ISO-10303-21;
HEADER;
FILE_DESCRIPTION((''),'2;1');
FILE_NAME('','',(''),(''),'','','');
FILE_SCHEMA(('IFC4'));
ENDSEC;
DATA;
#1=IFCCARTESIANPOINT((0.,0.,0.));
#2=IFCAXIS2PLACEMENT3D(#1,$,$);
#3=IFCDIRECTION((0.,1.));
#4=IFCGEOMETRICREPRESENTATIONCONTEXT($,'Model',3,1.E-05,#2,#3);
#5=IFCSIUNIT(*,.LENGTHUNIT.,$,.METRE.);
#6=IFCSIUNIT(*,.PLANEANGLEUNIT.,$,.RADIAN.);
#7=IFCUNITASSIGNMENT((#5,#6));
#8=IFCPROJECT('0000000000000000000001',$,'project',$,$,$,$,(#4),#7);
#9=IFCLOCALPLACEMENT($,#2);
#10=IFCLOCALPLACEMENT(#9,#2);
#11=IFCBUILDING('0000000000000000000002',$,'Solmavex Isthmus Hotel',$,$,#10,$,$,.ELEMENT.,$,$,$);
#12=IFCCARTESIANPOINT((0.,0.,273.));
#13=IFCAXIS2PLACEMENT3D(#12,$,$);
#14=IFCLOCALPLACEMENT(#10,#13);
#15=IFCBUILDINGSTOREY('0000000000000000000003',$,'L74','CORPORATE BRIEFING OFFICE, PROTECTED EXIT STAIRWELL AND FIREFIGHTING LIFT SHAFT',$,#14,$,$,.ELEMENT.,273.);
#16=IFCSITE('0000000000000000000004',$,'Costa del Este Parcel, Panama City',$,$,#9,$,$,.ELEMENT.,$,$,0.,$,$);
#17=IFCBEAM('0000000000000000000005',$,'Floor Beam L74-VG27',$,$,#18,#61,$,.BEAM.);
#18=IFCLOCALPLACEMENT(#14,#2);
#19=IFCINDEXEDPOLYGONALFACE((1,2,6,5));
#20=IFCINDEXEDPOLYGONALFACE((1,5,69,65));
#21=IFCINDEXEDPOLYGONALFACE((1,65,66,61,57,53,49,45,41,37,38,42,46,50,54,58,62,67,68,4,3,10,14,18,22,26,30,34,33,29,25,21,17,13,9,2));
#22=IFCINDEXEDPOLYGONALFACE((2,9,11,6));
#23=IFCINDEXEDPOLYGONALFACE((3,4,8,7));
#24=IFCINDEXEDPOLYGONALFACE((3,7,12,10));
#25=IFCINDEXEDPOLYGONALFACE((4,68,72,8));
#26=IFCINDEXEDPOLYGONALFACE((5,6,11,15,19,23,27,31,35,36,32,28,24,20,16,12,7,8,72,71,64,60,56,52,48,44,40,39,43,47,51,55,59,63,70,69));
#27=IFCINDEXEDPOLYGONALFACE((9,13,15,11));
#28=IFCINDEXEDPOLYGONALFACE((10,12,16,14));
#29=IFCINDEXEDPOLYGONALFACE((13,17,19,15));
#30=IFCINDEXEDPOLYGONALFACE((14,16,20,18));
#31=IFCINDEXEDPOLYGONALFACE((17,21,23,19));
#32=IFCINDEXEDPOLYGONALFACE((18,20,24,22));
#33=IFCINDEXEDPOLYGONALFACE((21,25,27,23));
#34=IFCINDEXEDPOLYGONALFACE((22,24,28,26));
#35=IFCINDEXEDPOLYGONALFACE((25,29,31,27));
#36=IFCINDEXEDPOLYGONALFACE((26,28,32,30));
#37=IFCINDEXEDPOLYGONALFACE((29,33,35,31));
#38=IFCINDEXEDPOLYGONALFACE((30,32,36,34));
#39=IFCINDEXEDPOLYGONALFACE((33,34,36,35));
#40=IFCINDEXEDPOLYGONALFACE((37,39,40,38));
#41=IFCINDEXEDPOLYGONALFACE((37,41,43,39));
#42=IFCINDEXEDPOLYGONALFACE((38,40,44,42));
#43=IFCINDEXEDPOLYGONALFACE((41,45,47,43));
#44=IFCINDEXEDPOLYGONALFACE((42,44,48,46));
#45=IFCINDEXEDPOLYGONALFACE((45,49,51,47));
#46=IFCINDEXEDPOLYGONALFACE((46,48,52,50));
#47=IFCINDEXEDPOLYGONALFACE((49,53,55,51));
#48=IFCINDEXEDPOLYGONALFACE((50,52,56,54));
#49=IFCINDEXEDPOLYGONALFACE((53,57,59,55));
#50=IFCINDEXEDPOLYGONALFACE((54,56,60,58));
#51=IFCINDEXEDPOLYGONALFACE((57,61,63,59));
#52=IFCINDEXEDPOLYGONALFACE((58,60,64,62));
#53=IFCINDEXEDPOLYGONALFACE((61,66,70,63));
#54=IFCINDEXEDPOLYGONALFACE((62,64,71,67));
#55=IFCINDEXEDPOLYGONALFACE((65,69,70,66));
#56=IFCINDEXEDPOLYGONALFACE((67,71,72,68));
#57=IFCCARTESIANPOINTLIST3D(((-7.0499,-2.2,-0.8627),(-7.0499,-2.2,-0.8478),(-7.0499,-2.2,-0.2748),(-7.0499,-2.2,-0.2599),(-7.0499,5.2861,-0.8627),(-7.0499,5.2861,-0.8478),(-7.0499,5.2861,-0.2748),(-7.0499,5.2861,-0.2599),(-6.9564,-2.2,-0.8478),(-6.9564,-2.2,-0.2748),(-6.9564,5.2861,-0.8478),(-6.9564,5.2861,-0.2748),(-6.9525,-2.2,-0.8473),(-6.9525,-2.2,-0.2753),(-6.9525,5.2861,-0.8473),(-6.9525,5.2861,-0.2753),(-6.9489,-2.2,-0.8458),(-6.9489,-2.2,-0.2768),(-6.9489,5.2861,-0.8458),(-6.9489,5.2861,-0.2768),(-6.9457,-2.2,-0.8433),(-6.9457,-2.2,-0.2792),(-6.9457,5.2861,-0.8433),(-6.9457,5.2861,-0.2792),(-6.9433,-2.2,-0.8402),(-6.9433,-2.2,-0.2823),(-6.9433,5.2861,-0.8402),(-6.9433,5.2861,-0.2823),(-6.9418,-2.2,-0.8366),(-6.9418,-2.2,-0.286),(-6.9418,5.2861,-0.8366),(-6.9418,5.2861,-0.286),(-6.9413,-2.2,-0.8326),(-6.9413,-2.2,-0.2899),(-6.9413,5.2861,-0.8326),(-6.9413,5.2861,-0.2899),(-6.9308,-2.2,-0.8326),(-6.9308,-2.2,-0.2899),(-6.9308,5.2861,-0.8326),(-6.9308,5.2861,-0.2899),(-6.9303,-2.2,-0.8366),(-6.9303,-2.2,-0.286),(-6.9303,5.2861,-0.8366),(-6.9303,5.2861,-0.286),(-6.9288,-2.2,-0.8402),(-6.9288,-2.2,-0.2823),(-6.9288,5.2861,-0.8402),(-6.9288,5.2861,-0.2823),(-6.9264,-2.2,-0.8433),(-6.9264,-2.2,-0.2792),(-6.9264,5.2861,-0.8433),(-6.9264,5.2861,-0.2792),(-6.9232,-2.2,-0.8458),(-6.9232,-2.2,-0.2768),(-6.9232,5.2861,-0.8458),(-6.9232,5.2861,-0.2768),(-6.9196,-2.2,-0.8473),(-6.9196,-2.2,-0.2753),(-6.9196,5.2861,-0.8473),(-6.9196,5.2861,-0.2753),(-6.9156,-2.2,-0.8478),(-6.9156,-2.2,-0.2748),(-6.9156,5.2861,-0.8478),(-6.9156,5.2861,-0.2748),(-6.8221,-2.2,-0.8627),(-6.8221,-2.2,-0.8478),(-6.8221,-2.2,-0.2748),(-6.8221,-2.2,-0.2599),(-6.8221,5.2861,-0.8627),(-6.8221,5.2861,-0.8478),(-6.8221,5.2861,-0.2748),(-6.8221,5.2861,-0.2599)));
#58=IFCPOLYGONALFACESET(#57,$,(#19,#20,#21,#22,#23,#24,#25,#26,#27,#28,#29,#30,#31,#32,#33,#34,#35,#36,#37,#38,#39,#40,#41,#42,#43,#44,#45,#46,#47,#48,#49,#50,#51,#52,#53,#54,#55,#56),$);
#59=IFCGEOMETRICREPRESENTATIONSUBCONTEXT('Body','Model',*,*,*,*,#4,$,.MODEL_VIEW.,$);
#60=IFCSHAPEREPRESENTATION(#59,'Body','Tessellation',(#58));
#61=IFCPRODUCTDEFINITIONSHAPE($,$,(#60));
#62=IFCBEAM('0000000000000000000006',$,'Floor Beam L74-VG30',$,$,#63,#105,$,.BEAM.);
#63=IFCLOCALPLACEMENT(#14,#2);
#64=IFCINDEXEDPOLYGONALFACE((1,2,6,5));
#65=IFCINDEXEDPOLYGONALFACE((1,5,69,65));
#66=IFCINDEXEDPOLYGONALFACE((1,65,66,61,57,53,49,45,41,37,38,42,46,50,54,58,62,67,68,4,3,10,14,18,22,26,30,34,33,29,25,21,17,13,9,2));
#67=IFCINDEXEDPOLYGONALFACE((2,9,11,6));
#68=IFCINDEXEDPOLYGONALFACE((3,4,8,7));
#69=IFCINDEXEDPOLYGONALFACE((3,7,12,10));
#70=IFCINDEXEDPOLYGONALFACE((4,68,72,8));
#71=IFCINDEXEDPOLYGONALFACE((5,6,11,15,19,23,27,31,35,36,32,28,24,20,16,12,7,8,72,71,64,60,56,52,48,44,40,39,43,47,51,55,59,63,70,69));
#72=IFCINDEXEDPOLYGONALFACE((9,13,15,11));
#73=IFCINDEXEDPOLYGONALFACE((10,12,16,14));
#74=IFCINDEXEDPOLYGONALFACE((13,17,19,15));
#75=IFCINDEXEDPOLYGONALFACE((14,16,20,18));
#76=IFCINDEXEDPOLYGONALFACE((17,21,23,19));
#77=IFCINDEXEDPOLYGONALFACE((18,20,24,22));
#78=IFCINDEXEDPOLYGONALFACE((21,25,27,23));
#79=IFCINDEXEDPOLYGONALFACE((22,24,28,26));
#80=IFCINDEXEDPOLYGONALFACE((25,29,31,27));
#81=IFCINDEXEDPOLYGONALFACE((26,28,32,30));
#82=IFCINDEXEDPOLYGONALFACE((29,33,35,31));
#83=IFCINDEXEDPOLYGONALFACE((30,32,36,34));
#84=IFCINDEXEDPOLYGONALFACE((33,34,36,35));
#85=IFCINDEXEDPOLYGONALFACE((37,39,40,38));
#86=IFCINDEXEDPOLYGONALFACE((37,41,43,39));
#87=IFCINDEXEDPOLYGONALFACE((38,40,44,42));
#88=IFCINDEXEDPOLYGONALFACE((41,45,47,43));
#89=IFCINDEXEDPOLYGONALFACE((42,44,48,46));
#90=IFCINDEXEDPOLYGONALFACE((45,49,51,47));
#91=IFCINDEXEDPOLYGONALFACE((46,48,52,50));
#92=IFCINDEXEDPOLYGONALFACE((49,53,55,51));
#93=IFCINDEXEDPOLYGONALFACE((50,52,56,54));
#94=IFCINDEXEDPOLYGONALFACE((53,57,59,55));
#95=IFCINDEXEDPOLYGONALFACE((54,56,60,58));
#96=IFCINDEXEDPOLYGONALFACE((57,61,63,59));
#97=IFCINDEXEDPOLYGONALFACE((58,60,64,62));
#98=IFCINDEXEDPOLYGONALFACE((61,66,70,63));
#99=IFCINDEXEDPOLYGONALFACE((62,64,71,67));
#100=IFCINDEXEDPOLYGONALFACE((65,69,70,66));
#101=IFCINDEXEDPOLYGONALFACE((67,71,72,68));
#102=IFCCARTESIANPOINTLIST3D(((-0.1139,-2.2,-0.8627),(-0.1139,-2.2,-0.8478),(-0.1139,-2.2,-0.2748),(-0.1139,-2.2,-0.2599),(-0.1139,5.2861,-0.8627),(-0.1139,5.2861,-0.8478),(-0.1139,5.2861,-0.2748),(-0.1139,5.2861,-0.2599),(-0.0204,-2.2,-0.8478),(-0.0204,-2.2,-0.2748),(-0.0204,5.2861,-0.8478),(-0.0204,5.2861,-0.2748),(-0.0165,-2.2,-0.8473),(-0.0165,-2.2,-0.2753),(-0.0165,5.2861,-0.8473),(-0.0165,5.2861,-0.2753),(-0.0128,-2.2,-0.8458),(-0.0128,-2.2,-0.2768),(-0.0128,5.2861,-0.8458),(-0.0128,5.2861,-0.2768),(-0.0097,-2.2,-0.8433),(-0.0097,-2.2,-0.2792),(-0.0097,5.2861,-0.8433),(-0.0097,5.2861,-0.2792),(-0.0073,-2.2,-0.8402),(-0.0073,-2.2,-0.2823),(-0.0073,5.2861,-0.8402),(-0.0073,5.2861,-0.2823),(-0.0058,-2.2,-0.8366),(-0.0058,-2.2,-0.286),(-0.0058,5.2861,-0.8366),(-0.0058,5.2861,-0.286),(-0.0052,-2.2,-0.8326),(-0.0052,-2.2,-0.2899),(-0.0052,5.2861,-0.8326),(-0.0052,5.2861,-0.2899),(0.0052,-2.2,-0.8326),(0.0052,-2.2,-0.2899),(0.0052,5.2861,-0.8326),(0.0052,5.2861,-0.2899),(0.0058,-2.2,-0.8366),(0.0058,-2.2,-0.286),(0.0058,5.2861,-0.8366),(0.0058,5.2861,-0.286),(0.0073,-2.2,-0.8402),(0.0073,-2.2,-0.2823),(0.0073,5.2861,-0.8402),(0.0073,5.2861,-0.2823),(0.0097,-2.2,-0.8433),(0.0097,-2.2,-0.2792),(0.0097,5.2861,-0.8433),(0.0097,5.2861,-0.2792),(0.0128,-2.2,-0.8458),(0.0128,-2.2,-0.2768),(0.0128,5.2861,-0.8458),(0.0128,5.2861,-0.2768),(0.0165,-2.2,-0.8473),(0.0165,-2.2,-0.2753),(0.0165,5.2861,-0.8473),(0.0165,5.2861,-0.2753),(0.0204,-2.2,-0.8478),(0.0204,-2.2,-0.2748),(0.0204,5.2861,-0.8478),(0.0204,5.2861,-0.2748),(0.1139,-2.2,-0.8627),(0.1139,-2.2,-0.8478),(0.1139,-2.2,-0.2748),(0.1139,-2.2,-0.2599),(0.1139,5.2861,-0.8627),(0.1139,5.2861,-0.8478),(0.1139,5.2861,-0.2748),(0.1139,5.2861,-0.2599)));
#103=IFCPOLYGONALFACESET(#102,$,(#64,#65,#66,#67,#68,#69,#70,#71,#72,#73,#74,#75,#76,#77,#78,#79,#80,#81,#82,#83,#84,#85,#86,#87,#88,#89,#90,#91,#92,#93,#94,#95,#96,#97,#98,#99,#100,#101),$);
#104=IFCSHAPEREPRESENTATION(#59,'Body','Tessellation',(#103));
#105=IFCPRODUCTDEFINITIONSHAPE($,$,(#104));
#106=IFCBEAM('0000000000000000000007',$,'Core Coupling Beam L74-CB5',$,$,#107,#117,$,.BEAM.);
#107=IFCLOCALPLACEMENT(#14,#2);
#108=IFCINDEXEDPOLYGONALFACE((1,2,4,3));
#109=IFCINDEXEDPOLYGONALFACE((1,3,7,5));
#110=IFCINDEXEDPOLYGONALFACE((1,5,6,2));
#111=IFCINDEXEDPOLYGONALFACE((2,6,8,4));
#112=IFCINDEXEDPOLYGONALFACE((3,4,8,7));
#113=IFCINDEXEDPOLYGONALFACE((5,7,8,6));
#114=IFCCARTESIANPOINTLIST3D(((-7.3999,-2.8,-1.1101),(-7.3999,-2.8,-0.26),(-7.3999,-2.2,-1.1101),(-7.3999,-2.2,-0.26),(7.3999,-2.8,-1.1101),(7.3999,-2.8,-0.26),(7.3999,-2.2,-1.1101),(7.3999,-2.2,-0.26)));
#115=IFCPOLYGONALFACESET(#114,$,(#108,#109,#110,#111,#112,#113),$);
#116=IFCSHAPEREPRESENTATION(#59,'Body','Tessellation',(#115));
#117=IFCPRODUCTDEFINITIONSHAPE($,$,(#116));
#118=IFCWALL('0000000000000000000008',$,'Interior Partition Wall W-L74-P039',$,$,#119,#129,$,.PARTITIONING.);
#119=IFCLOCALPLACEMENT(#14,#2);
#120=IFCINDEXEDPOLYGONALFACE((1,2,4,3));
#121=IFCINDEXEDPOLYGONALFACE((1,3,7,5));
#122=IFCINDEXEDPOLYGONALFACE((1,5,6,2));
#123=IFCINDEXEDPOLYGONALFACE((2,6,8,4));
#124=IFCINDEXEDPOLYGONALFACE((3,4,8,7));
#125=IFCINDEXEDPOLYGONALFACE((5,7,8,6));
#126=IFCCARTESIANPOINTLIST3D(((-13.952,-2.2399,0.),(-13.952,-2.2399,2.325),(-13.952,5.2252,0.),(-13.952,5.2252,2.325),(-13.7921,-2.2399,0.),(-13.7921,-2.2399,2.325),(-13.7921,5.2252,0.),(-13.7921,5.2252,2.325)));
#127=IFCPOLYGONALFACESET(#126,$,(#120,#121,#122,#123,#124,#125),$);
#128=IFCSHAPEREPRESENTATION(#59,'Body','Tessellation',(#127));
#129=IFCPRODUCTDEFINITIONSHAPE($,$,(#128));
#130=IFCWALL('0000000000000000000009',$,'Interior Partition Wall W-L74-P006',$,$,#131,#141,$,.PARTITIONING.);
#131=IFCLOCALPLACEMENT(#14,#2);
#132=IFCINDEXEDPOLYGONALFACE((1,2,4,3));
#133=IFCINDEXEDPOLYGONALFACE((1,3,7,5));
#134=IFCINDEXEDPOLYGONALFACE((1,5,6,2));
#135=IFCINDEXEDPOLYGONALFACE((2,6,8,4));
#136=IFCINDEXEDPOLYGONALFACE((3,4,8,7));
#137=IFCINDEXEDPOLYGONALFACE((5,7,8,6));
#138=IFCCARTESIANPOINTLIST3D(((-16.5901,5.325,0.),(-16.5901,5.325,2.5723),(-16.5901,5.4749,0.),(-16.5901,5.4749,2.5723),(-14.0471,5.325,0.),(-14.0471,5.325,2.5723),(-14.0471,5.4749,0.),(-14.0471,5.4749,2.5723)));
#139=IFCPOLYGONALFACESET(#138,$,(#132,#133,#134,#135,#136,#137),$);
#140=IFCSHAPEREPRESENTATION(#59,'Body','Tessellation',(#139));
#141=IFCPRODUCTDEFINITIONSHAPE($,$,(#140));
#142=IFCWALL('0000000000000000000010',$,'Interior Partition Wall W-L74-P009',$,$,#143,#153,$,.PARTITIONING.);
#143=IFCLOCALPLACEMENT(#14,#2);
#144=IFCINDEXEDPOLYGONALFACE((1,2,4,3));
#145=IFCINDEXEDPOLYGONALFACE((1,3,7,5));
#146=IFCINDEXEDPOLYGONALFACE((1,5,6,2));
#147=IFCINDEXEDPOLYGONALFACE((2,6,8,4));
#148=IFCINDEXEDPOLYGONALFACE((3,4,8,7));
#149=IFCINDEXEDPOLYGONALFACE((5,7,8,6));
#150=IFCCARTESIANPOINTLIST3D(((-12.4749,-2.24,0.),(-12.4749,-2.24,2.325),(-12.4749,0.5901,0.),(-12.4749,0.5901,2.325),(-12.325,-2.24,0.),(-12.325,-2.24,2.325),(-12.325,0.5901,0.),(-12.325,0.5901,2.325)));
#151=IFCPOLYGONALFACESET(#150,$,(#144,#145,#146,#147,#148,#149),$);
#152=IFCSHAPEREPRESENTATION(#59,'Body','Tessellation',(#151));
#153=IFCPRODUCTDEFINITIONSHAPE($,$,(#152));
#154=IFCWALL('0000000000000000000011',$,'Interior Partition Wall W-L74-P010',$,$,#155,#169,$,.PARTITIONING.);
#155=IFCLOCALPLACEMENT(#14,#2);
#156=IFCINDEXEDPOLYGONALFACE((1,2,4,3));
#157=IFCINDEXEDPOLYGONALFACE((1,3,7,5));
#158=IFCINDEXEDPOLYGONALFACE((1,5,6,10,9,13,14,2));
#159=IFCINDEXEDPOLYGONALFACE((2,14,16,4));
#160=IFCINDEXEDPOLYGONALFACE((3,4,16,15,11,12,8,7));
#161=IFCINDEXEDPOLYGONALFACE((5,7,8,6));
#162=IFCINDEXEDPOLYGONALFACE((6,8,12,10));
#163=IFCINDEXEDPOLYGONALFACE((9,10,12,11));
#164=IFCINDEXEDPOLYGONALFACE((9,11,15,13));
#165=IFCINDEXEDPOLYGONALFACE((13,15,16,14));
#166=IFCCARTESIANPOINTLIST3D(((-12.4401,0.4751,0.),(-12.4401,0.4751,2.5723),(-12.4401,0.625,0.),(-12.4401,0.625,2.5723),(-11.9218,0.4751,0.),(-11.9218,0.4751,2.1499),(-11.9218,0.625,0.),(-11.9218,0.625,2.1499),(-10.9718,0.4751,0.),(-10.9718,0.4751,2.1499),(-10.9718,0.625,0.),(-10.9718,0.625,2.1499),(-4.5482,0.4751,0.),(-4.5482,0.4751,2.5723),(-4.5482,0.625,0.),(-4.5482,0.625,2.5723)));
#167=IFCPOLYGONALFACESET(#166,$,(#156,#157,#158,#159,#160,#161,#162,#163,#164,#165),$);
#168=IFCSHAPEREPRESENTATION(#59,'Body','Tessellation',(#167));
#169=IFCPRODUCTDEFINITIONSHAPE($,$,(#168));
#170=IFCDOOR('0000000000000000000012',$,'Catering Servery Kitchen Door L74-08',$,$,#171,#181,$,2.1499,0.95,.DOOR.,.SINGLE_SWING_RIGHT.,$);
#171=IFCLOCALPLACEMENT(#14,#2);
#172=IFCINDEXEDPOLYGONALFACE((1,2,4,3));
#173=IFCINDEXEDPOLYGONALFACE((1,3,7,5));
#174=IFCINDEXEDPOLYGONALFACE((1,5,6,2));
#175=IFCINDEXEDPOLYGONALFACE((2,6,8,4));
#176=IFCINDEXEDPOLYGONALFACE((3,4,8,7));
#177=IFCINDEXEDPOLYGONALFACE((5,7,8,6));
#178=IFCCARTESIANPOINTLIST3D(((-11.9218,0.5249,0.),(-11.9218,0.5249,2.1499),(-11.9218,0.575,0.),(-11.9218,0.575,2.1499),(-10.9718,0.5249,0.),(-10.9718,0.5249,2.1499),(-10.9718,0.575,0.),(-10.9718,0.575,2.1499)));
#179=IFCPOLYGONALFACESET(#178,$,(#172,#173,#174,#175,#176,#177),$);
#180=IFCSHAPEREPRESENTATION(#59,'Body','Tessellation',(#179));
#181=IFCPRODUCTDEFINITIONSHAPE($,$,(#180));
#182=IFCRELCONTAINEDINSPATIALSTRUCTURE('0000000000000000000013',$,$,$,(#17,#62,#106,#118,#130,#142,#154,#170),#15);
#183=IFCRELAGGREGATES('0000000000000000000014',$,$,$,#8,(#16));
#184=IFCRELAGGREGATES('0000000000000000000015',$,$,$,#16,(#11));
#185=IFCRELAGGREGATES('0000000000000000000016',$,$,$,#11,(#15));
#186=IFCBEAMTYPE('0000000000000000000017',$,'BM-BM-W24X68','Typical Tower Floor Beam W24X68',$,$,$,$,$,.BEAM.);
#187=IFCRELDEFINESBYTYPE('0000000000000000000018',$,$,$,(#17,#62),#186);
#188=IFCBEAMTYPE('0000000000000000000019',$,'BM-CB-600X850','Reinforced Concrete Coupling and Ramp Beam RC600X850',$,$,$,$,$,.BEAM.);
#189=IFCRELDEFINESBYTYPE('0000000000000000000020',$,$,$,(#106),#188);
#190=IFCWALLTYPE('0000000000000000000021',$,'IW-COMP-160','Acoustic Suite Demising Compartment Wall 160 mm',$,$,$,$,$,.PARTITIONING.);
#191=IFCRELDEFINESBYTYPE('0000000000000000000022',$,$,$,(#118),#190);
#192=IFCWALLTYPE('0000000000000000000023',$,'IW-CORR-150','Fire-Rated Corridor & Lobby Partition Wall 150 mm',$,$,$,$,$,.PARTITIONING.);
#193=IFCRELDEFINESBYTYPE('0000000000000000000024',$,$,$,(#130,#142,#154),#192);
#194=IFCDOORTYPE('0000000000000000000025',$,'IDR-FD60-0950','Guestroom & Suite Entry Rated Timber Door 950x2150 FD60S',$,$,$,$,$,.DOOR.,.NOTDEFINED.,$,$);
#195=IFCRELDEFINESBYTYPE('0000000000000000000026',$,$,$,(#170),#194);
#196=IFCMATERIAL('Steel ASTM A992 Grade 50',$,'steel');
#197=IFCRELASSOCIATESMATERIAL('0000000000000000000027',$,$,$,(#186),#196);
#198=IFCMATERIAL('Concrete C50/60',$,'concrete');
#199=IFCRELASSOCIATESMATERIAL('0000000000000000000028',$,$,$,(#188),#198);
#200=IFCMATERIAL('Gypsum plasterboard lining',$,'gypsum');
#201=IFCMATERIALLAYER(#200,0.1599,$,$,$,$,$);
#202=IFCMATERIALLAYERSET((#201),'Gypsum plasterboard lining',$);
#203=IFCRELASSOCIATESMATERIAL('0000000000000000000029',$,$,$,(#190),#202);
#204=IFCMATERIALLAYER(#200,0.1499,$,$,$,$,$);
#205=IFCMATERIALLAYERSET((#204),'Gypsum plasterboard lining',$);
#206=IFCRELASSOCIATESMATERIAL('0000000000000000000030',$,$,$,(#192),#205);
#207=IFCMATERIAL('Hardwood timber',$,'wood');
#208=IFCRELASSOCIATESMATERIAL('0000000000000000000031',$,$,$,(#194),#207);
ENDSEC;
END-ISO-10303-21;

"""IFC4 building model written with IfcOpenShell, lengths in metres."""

from ifc_helpers import new_model, si_unit, direction, frame, frame_2d, origin, origin_2d, place, context, subcontext, project, spatial, rectangle, i_section, extrude, material, layer, layer_set, material_profile, profile_set, type_object, element, fill, save


model = new_model("IFC4")

# Units and contexts
model_context = context("Model", 3, precision=1e-05, world=origin(), true_north=direction((0.0, 1.0)))
body_context = subcontext(model_context, "Body", "Model", "MODEL_VIEW")
ifc_project = project(units=[si_unit("LENGTHUNIT", "METRE"), si_unit("PLANEANGLEUNIT", "RADIAN")], contexts=[model_context])

# Site, building, storey
site_placement = place(None, origin())
site = spatial("IfcSite", under=ifc_project, at=site_placement, Name="Costa del Este Parcel, Panama City", CompositionType="ELEMENT", RefElevation=0.0)
building_placement = place(site_placement, origin())
building = spatial("IfcBuilding", under=site, at=building_placement, Name="Solmavex Isthmus Hotel", CompositionType="ELEMENT")
storey_placement = place(building_placement, frame((0.0, 0.0, 273.0)))
storey = spatial("IfcBuildingStorey", under=building, at=storey_placement, Name="L74", Description="CORPORATE BRIEFING OFFICE, PROTECTED EXIT STAIRWELL AND FIREFIGHTING LIFT SHAFT", CompositionType="ELEMENT", Elevation=273.0)

# Shared definitions
ifc_material_1 = material(Name="Concrete C50/60", Category="concrete")

# Beams
ifc_material_2 = material(Name="Steel ASTM A992 Grade 50", Category="steel")
ifc_material_profile_1 = material_profile(ifc_material_2, i_section(OverallWidth=0.2278, OverallDepth=0.6028, WebThickness=0.0105, FlangeThickness=0.0149, FilletRadius=0.0151, at=origin_2d()), Name="W24X68")
ifc_profile_set_1 = profile_set([ifc_material_profile_1], Name="Steel ASTM A992 Grade 50")
beam_type_1 = type_object("IfcBeamType", Name="BM-BM-W24X68", Description="Typical Tower Floor Beam W24X68", PredefinedType="BEAM", material=ifc_profile_set_1)
for number, where, z_axis, x_axis, name in (
    (1, (-6.936, -2.2, -0.5613), (0.0, 1.0, 0.0), (-1.0, 0.0, 0.0), "Floor Beam L74-VG27"),
    (2, (0.0, -2.2, -0.5613), (0.0, 1.0, 0.0), (-1.0, 0.0, 0.0), "Floor Beam L74-VG30"),
):
    element("IfcBeam", number, at=place(storey_placement, frame(where, z_axis=z_axis, x_axis=x_axis)), inside=storey, type_object=beam_type_1, Name=name, PredefinedType="BEAM", context=body_context, shape_type="SweptSolid", body=[
        extrude(i_section(OverallWidth=0.2278, OverallDepth=0.6028, WebThickness=0.0105, FlangeThickness=0.0149, FilletRadius=0.0151, at=origin_2d()), origin(), (0.0, 0.0, 1.0), 7.4861),
    ])
ifc_material_profile_2 = material_profile(ifc_material_1, rectangle(XDim=0.6001, YDim=0.8501, at=origin_2d()), Name="RC600X850")
ifc_profile_set_2 = profile_set([ifc_material_profile_2], Name="Concrete C50/60")
beam_type_2 = type_object("IfcBeamType", Name="BM-CB-600X850", Description="Reinforced Concrete Coupling and Ramp Beam RC600X850", PredefinedType="BEAM", material=ifc_profile_set_2)
beam_placement = place(storey_placement, frame((-7.3999, -2.5, -0.6851), z_axis=(1.0, 0.0, 0.0), x_axis=(0.0, 1.0, 0.0)))
element("IfcBeam", 3, at=beam_placement, inside=storey, type_object=beam_type_2, Name="Core Coupling Beam L74-CB5", PredefinedType="BEAM", context=body_context, shape_type="SweptSolid", body=[
    extrude(rectangle(XDim=0.6001, YDim=0.8501, at=origin_2d()), origin(), (0.0, 0.0, 1.0), 14.7998),
])

# Walls
ifc_material_3 = material(Name="Gypsum plasterboard lining", Category="gypsum")
ifc_layer_1 = layer(ifc_material_3, 0.1599)
ifc_layer_set_1 = layer_set([ifc_layer_1], Name="Gypsum plasterboard lining")
wall_type_1 = type_object("IfcWallType", Name="IW-COMP-160", Description="Acoustic Suite Demising Compartment Wall 160 mm", PredefinedType="PARTITIONING", material=ifc_layer_set_1)
wall_1_placement = place(storey_placement, frame((-13.8721, 5.2251, 0.0), z_axis=(0.0, 0.0, 1.0), x_axis=(0.0, -1.0, 0.0)))
element("IfcWall", 4, at=wall_1_placement, inside=storey, type_object=wall_type_1, Name="Interior Partition Wall W-L74-P039", PredefinedType="PARTITIONING", context=body_context, shape_type="SweptSolid", body=[
    extrude(rectangle(XDim=7.4651, YDim=0.1599, at=frame_2d((3.7324, 0.0))), origin(), (0.0, 0.0, 1.0), 2.325),
])
ifc_layer_2 = layer(ifc_material_3, 0.1499)
ifc_layer_set_2 = layer_set([ifc_layer_2], Name="Gypsum plasterboard lining")
wall_type_2 = type_object("IfcWallType", Name="IW-CORR-150", Description="Fire-Rated Corridor & Lobby Partition Wall 150 mm", PredefinedType="PARTITIONING", material=ifc_layer_set_2)
wall_2_placement = place(storey_placement, frame((-14.0471, 5.3999, 0.0), z_axis=(0.0, 0.0, 1.0), x_axis=(-1.0, 0.0, 0.0)))
element("IfcWall", 5, at=wall_2_placement, inside=storey, type_object=wall_type_2, Name="Interior Partition Wall W-L74-P006", PredefinedType="PARTITIONING", context=body_context, shape_type="SweptSolid", body=[
    extrude(rectangle(XDim=2.543, YDim=0.1499, at=frame_2d((1.2715, 0.0))), origin(), (0.0, 0.0, 1.0), 2.5723),
])
wall_3_placement = place(storey_placement, frame((-12.3999, -2.24, 0.0), z_axis=(0.0, 0.0, 1.0), x_axis=(0.0, 1.0, 0.0)))
element("IfcWall", 6, at=wall_3_placement, inside=storey, type_object=wall_type_2, Name="Interior Partition Wall W-L74-P009", PredefinedType="PARTITIONING", context=body_context, shape_type="SweptSolid", body=[
    extrude(rectangle(XDim=2.8301, YDim=0.1499, at=frame_2d((1.415, 0.0))), origin(), (0.0, 0.0, 1.0), 2.325),
])

# Wall, opening, door
wall_4_placement = place(storey_placement, frame((-12.4399, 0.55, 0.0), z_axis=(0.0, 0.0, 1.0), x_axis=(1.0, 0.0, 0.0)))
wall_4 = element("IfcWall", 7, at=wall_4_placement, inside=storey, type_object=wall_type_2, Name="Interior Partition Wall W-L74-P010", PredefinedType="PARTITIONING", context=body_context, shape_type="SweptSolid", body=[
    extrude(rectangle(XDim=7.8918, YDim=0.1499, at=frame_2d((3.9458, 0.0))), origin(), (0.0, 0.0, 1.0), 2.5723),
])
opening_1_placement = place(wall_4_placement, frame((0.5181, 0.0, 0.0)))
opening_1 = element("IfcOpeningElement", 8, at=opening_1_placement, cuts=wall_4, PredefinedType="OPENING", context=body_context, shape_type="SweptSolid", body=[
    extrude(rectangle(XDim=0.95, YDim=2.1499, at=frame_2d((0.4751, 1.075))), frame((0.0, 0.085, 0.0), z_axis=(0.0, -1.0, 0.0), x_axis=(1.0, 0.0, 0.0)), (0.0, 0.0, 1.0), 0.1699),
])
ifc_material_4 = material(Name="Hardwood timber", Category="wood")
door_type = type_object("IfcDoorType", Name="IDR-FD60-0950", Description="Guestroom & Suite Entry Rated Timber Door 950x2150 FD60S", OperationType="NOTDEFINED", PredefinedType="DOOR", material=ifc_material_4)
door_1_placement = place(opening_1_placement, origin())
door_1 = element("IfcDoor", 9, at=door_1_placement, inside=storey, type_object=door_type, Name="Catering Servery Kitchen Door L74-08", OperationType="SINGLE_SWING_RIGHT", OverallHeight=2.1499, OverallWidth=0.95, PredefinedType="DOOR", context=body_context, shape_type="SweptSolid", body=[
    extrude(rectangle(XDim=0.95, YDim=2.1499, at=frame_2d((0.4751, 1.075))), frame((0.0, 0.0249, 0.0), z_axis=(0.0, -1.0, 0.0), x_axis=(1.0, 0.0, 0.0)), (0.0, 0.0, 1.0), 0.05),
])
fill(opening_1, door_1)

save(model, "model.ifc")
